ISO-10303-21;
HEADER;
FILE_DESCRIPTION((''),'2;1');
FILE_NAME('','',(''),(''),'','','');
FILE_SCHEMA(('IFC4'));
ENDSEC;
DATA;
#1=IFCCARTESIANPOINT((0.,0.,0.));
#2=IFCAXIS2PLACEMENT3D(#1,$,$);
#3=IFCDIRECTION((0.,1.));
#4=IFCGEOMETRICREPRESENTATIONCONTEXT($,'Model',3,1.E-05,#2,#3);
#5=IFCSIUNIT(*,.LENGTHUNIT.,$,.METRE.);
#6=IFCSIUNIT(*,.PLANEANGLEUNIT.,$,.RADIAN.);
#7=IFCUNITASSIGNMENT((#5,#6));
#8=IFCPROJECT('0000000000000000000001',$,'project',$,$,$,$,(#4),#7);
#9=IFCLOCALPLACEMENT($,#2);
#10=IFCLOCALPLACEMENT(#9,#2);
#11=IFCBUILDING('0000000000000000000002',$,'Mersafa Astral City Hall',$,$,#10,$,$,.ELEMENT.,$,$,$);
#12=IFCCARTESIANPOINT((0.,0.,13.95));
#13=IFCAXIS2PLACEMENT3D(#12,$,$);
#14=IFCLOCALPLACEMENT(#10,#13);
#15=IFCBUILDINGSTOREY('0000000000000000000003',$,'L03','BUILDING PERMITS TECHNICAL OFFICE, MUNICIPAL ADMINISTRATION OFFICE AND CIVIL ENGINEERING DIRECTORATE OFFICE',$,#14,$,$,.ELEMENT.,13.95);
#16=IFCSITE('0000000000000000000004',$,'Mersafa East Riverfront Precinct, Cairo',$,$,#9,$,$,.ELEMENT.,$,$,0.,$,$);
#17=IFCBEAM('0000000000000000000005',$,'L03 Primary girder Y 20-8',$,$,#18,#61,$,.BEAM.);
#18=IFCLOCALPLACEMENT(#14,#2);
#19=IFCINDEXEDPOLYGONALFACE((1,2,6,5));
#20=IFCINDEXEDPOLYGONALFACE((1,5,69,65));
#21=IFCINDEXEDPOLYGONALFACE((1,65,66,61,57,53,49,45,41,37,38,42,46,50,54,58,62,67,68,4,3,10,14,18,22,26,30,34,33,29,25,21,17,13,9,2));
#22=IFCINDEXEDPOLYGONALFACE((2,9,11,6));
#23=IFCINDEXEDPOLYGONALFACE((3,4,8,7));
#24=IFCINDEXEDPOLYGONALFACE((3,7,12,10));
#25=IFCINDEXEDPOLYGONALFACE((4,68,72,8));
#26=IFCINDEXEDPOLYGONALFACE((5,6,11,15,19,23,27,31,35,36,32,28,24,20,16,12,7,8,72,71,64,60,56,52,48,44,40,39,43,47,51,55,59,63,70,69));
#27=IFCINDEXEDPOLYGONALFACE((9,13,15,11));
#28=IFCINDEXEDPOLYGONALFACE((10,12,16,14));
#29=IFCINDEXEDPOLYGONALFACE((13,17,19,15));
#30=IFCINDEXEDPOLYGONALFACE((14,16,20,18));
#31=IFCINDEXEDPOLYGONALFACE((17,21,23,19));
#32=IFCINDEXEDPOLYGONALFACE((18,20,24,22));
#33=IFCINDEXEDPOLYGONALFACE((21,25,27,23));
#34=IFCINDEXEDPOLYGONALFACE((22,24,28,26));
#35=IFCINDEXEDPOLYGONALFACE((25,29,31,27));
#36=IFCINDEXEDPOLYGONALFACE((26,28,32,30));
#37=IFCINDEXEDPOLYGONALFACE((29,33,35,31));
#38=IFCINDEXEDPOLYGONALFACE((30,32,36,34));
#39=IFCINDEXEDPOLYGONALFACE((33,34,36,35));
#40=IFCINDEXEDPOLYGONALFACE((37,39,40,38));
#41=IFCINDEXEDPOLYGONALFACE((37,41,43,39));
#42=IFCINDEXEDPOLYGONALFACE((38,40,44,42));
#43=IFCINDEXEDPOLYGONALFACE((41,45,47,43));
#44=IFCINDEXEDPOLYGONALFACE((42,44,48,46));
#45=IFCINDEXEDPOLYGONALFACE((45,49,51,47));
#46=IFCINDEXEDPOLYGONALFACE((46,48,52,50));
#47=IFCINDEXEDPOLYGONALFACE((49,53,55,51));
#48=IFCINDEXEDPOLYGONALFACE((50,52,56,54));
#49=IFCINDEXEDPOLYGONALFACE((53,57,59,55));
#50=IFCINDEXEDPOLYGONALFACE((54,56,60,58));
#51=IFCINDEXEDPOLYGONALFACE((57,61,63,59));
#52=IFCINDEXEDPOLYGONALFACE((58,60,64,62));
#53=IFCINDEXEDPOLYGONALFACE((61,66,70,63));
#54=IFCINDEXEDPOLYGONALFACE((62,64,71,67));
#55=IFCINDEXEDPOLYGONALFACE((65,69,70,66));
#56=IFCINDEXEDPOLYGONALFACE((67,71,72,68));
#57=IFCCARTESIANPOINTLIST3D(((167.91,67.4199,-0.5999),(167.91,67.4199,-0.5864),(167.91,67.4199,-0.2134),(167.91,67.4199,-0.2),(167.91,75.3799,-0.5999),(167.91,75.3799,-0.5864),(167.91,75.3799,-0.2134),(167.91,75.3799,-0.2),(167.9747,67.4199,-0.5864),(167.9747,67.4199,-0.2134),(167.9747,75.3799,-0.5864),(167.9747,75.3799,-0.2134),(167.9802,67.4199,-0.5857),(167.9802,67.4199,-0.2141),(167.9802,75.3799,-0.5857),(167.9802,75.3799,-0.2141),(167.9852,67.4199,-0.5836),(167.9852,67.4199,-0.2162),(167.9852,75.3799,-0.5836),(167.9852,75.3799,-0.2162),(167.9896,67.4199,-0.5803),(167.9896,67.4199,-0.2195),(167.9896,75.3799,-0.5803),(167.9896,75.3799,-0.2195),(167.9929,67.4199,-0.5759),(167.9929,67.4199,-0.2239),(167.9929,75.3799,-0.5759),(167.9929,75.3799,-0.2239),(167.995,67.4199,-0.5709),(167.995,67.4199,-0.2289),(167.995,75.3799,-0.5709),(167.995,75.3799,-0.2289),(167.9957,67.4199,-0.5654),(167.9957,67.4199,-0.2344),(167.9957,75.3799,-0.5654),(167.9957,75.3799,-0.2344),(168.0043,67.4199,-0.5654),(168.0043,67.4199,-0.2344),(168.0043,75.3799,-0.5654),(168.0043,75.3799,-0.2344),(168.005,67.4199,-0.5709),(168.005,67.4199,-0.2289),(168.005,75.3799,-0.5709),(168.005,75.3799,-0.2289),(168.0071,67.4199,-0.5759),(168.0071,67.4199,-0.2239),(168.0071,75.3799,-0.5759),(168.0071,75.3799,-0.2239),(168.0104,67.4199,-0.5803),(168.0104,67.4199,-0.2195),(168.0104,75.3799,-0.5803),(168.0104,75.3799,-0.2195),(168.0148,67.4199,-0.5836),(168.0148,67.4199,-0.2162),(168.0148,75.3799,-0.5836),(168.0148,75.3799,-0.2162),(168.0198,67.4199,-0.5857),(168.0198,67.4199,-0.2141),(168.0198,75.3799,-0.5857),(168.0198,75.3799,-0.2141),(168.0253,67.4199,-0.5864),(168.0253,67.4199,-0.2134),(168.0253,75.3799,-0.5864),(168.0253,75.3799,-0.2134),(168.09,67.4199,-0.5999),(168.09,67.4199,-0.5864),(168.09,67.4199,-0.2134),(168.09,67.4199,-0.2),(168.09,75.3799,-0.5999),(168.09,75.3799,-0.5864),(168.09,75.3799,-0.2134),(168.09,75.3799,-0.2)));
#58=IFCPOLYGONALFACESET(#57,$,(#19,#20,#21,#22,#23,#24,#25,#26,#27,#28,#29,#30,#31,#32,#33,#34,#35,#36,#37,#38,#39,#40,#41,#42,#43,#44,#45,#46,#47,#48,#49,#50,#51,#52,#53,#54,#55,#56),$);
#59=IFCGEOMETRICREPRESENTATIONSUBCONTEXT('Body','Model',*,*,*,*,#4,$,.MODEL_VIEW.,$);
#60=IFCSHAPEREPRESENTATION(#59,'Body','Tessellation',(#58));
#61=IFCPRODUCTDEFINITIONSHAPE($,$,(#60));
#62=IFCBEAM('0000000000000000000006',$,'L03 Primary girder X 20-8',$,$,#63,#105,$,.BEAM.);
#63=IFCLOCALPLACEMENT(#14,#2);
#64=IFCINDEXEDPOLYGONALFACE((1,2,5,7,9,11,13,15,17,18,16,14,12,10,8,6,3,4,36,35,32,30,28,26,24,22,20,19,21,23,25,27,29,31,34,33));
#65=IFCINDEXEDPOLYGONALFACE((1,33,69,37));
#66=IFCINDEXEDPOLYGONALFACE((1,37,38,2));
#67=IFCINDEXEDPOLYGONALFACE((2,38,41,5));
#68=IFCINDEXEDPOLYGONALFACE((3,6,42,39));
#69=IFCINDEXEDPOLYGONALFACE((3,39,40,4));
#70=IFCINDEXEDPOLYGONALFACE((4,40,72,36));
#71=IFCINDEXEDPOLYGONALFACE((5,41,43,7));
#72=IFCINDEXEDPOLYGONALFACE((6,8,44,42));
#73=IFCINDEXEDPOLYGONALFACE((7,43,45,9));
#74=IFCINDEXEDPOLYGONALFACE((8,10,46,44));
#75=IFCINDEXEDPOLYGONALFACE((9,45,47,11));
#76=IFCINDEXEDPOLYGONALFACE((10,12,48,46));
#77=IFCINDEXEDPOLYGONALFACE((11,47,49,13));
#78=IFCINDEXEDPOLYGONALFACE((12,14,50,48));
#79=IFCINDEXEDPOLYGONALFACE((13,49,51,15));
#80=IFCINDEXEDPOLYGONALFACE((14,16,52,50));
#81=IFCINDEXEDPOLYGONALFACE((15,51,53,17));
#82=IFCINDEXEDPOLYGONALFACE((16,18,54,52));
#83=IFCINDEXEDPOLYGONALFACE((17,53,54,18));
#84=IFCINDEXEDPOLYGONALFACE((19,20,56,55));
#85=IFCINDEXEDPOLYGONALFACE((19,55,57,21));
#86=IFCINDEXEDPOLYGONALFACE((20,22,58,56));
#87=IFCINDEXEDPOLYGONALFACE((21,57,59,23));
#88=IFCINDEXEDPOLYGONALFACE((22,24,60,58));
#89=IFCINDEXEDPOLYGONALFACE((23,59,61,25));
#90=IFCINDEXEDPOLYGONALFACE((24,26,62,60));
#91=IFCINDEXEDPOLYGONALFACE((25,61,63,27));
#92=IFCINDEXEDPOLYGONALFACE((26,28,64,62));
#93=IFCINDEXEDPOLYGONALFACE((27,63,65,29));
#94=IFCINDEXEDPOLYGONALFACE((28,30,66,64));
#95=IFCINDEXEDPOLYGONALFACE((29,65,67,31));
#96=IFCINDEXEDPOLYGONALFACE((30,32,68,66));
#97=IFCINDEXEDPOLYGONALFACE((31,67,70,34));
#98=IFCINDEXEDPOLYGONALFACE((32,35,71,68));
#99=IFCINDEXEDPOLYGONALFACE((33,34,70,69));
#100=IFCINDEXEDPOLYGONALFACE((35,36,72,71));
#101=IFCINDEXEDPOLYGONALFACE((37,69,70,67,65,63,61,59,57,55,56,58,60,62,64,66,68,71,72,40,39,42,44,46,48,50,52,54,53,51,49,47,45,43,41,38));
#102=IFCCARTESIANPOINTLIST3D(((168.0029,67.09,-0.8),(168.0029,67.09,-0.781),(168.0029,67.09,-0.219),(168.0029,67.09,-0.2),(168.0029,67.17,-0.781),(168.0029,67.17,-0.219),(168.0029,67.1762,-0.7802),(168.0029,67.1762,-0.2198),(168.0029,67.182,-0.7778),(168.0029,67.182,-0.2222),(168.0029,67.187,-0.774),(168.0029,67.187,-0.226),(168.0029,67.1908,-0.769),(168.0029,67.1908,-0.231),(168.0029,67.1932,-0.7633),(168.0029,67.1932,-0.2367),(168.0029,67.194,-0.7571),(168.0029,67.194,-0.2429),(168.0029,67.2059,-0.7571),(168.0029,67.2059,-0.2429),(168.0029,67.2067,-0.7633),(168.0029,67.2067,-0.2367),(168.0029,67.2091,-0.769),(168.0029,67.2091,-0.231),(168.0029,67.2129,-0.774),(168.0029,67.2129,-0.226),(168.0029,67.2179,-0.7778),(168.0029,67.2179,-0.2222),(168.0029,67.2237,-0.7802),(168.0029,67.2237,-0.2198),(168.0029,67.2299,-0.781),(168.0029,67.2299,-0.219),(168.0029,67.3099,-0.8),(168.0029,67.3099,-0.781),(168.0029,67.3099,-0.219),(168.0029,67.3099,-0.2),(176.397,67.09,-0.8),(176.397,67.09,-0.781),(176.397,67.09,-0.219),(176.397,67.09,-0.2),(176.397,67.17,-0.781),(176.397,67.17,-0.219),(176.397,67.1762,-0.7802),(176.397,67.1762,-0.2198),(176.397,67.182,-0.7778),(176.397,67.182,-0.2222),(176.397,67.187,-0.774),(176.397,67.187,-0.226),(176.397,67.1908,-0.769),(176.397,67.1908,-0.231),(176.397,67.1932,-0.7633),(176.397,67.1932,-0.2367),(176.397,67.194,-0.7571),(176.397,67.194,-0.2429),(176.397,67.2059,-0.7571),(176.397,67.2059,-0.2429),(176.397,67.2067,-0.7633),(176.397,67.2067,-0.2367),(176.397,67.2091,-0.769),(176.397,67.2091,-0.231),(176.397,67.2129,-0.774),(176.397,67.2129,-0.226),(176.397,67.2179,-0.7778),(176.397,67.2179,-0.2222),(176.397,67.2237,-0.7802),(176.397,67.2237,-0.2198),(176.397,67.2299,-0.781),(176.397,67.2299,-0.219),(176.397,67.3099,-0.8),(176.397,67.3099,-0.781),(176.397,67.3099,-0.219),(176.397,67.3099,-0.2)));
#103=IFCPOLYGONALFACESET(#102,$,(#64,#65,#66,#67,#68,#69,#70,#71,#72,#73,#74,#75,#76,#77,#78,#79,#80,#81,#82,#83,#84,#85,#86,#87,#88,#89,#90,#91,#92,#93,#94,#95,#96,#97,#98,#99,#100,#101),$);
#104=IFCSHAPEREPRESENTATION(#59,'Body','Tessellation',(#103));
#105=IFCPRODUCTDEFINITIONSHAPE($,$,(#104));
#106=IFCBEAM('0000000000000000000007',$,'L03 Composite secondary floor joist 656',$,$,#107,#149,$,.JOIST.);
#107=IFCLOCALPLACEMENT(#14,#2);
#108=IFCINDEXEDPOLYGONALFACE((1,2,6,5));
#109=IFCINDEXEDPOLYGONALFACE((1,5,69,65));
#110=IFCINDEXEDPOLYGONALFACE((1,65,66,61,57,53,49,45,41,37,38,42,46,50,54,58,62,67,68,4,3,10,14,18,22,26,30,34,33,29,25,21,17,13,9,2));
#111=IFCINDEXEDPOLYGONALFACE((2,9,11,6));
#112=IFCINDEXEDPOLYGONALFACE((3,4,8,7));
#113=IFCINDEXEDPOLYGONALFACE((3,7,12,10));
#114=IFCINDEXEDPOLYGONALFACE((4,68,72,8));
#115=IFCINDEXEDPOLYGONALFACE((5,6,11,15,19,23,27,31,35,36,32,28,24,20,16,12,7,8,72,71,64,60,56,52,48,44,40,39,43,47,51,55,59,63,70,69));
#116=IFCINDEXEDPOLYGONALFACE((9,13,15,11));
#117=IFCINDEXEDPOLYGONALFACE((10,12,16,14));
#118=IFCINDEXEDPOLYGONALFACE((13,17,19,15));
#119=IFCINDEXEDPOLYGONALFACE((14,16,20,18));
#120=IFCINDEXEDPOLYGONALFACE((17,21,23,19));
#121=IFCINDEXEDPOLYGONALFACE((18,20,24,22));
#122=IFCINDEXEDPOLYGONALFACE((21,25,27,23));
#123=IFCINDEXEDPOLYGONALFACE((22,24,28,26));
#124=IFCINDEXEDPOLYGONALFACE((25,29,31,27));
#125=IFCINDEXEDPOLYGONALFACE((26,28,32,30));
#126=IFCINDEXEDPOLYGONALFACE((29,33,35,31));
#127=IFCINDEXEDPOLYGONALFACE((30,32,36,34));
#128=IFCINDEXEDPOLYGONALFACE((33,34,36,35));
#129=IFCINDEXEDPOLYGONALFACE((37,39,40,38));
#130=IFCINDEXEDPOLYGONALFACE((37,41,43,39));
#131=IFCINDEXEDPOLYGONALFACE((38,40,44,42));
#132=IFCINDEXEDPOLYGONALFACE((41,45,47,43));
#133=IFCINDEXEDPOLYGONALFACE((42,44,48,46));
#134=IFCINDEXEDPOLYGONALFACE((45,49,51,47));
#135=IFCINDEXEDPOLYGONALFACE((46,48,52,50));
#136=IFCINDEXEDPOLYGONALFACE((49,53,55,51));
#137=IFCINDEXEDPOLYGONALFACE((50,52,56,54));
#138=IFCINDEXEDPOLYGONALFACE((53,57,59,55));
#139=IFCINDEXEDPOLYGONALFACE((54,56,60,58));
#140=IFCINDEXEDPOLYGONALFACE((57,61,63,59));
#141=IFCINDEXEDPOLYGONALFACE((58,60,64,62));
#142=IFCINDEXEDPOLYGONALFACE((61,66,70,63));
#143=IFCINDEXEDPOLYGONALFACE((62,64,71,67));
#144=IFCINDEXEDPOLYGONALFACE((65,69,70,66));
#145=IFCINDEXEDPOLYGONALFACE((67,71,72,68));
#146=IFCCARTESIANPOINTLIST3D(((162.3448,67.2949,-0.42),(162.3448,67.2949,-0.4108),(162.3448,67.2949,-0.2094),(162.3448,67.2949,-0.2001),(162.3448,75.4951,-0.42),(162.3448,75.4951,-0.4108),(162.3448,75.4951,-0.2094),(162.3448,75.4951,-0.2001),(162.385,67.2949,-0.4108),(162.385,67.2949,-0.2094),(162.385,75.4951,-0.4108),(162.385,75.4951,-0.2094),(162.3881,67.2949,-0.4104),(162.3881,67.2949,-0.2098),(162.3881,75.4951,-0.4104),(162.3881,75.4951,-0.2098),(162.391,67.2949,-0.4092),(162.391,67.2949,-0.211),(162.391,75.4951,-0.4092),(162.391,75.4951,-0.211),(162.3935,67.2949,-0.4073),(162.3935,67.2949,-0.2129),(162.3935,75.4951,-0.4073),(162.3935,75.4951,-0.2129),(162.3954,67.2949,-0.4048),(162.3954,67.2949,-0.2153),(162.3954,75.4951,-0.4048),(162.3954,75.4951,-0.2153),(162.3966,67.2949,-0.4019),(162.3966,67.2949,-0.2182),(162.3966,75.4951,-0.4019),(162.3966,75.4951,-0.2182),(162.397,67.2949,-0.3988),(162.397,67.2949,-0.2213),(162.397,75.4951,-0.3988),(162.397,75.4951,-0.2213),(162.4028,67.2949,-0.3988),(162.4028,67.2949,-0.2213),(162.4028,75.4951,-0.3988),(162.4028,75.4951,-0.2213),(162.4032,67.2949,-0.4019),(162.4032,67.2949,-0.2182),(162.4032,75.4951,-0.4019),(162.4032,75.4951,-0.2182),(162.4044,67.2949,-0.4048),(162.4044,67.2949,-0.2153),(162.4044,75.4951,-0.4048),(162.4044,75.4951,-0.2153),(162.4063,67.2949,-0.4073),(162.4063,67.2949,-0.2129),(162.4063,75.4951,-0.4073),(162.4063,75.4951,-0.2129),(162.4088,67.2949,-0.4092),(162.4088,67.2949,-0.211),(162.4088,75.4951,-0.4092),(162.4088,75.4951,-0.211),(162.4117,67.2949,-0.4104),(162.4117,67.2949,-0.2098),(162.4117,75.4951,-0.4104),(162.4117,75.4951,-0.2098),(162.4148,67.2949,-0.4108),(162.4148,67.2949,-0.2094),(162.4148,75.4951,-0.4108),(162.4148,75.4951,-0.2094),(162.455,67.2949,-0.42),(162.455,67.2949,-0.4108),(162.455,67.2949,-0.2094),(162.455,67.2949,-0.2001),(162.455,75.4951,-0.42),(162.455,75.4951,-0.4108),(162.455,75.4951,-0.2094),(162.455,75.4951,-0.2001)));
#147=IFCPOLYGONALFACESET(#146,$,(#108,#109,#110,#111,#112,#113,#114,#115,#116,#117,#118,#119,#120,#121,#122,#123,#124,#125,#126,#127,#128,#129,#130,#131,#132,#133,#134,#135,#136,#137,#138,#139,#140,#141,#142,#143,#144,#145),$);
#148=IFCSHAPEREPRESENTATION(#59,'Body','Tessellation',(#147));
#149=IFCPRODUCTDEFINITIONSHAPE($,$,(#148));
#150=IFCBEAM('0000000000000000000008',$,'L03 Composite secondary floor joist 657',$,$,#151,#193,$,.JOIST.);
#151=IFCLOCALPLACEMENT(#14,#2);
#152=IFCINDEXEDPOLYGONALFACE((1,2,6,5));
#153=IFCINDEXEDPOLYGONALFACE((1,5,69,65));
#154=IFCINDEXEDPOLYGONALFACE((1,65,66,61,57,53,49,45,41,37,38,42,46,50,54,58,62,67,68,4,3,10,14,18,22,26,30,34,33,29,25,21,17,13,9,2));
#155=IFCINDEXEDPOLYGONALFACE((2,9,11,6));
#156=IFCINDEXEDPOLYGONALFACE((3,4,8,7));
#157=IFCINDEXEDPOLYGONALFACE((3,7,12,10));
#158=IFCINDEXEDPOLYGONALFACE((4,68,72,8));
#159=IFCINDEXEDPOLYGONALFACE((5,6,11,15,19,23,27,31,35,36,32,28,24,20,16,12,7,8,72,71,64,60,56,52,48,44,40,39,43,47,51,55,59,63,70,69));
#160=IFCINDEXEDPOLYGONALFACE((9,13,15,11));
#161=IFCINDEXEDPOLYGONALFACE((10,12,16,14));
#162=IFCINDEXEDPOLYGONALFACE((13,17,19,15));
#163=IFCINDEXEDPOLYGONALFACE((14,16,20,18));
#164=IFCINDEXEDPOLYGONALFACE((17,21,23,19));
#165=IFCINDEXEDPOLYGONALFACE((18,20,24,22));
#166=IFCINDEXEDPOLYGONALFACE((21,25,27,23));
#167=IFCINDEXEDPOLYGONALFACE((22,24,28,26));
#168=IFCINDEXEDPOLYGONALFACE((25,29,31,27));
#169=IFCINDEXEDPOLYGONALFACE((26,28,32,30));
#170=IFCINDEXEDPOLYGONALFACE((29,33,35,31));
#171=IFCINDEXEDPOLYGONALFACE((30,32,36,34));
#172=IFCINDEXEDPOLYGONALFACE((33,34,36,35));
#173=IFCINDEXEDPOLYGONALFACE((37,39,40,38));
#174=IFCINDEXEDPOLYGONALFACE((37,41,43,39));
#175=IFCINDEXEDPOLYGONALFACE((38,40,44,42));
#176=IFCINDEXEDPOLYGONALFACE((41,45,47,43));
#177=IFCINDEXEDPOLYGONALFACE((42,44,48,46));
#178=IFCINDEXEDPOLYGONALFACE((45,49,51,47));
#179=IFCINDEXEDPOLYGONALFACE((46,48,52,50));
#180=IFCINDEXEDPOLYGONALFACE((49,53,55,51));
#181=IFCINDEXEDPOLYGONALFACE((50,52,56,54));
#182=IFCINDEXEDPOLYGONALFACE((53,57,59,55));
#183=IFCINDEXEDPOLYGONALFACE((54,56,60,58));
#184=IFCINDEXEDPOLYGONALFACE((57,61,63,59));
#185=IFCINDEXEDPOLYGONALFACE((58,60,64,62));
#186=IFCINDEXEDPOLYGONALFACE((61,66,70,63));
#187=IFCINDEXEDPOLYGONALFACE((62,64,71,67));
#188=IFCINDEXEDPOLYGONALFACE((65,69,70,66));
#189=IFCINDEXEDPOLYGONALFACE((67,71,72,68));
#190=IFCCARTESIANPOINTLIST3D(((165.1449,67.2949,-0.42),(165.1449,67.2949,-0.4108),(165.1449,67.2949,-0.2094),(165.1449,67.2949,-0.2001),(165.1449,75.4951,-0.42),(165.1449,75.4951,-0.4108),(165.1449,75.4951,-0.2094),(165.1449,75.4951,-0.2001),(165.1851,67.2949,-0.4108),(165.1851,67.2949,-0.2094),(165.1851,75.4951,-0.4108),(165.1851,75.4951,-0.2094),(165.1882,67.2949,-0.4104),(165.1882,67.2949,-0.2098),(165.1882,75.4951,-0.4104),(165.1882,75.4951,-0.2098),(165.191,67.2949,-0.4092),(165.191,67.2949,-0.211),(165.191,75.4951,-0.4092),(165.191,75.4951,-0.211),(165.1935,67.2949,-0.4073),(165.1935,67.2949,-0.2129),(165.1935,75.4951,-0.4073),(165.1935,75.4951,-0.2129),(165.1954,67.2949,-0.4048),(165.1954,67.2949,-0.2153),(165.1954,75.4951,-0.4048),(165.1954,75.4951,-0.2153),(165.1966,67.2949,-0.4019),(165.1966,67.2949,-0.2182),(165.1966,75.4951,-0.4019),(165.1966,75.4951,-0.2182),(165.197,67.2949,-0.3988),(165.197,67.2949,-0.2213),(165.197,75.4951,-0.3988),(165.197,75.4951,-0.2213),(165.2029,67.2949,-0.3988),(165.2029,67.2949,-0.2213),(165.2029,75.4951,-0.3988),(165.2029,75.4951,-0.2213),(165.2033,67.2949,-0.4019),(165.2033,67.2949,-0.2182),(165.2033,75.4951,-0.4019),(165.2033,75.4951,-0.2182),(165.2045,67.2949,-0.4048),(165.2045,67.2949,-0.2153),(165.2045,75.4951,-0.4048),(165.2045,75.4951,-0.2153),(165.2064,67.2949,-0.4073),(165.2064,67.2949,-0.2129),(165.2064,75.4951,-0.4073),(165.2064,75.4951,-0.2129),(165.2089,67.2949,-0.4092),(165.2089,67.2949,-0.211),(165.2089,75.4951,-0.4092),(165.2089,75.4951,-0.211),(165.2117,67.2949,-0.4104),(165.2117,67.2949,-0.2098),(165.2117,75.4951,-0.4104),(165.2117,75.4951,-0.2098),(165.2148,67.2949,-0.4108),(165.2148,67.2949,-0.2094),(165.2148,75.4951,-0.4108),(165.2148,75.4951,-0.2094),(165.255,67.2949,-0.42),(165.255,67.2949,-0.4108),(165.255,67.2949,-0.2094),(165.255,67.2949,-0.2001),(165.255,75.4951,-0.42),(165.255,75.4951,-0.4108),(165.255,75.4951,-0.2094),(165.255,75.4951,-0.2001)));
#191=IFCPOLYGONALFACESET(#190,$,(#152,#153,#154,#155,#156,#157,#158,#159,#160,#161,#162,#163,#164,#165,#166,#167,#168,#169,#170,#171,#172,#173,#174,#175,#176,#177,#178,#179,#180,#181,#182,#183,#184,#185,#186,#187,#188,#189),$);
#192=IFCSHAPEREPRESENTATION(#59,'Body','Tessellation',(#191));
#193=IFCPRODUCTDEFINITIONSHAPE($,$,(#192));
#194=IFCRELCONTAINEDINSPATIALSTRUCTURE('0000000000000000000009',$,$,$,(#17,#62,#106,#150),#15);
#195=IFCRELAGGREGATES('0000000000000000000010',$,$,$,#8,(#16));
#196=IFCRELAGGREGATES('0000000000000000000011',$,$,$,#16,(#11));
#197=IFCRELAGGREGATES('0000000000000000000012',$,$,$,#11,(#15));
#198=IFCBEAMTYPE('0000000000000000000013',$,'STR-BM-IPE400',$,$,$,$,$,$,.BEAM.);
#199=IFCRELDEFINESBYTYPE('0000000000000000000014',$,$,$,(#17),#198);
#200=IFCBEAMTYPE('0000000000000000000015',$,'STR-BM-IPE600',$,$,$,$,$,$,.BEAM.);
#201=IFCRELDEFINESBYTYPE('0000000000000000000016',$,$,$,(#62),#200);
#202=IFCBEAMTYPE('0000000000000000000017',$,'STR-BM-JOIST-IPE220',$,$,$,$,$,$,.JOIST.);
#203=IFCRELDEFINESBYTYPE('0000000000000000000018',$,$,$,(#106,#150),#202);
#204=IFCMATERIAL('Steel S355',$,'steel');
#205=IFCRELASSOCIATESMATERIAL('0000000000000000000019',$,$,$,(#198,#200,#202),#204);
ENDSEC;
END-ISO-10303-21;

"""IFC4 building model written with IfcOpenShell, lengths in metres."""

from ifc_helpers import new_model, si_unit, direction, frame, origin, origin_2d, place, context, subcontext, project, spatial, i_section, extrude, material, material_profile, profile_set, type_object, element, save


model = new_model("IFC4")

# Units and contexts
model_context = context("Model", 3, precision=1e-05, world=origin(), true_north=direction((0.0, 1.0)))
body_context = subcontext(model_context, "Body", "Model", "MODEL_VIEW")
ifc_project = project(units=[si_unit("LENGTHUNIT", "METRE"), si_unit("PLANEANGLEUNIT", "RADIAN")], contexts=[model_context])

# Site, building, storey
site_placement = place(None, origin())
site = spatial("IfcSite", under=ifc_project, at=site_placement, Name="Mersafa East Riverfront Precinct, Cairo", CompositionType="ELEMENT", RefElevation=0.0)
building_placement = place(site_placement, origin())
building = spatial("IfcBuilding", under=site, at=building_placement, Name="Mersafa Astral City Hall", CompositionType="ELEMENT")
storey_placement = place(building_placement, frame((0.0, 0.0, 13.95)))
storey = spatial("IfcBuildingStorey", under=building, at=storey_placement, Name="L03", Description="BUILDING PERMITS TECHNICAL OFFICE, MUNICIPAL ADMINISTRATION OFFICE AND CIVIL ENGINEERING DIRECTORATE OFFICE", CompositionType="ELEMENT", Elevation=13.95)

# Shared definitions
ifc_material_1 = material(Name="Steel S355", Category="steel")

# Beams
ifc_material_profile_1 = material_profile(ifc_material_1, i_section(OverallWidth=0.1799, OverallDepth=0.3999, WebThickness=0.0085, FlangeThickness=0.0134, FilletRadius=0.021, at=origin_2d()), Name="IPE 400")
ifc_profile_set_1 = profile_set([ifc_material_profile_1], Name="Steel S355")
beam_type_1 = type_object("IfcBeamType", Name="STR-BM-IPE400", PredefinedType="BEAM", material=ifc_profile_set_1)
beam_1_placement = place(storey_placement, frame((168.0, 67.4199, -0.3999), z_axis=(0.0, 1.0, 0.0), x_axis=(-1.0, 0.0, 0.0)))
element("IfcBeam", 1, at=beam_1_placement, inside=storey, type_object=beam_type_1, Name="L03 Primary girder Y 20-8", PredefinedType="BEAM", context=body_context, shape_type="SweptSolid", body=[
    extrude(i_section(OverallWidth=0.1799, OverallDepth=0.3999, WebThickness=0.0085, FlangeThickness=0.0134, FilletRadius=0.021, at=origin_2d()), origin(), (0.0, 0.0, 1.0), 7.96),
])
ifc_material_profile_2 = material_profile(ifc_material_1, i_section(OverallWidth=0.22, OverallDepth=0.6001, WebThickness=0.012, FlangeThickness=0.019, FilletRadius=0.0239, at=origin_2d()), Name="IPE 600")
ifc_profile_set_2 = profile_set([ifc_material_profile_2], Name="Steel S355")
beam_type_2 = type_object("IfcBeamType", Name="STR-BM-IPE600", PredefinedType="BEAM", material=ifc_profile_set_2)
beam_2_placement = place(storey_placement, frame((168.0029, 67.2, -0.5), z_axis=(1.0, 0.0, 0.0), x_axis=(0.0, 1.0, 0.0)))
element("IfcBeam", 2, at=beam_2_placement, inside=storey, type_object=beam_type_2, Name="L03 Primary girder X 20-8", PredefinedType="BEAM", context=body_context, shape_type="SweptSolid", body=[
    extrude(i_section(OverallWidth=0.22, OverallDepth=0.6001, WebThickness=0.012, FlangeThickness=0.019, FilletRadius=0.0239, at=origin_2d()), origin(), (0.0, 0.0, 1.0), 8.394),
])
ifc_material_profile_3 = material_profile(ifc_material_1, i_section(OverallWidth=0.1101, OverallDepth=0.22, WebThickness=0.0059, FlangeThickness=0.0093, FilletRadius=0.012, at=origin_2d()), Name="IPE 220")
ifc_profile_set_3 = profile_set([ifc_material_profile_3], Name="Steel S355")
beam_type_3 = type_object("IfcBeamType", Name="STR-BM-JOIST-IPE220", PredefinedType="JOIST", material=ifc_profile_set_3)
for number, where, z_axis, x_axis, name in (
    (3, (162.3999, 67.2949, -0.3101), (0.0, 1.0, 0.0), (-1.0, 0.0, 0.0), "L03 Composite secondary floor joist 656"),
    (4, (165.2, 67.2949, -0.3101), (0.0, 1.0, 0.0), (-1.0, 0.0, 0.0), "L03 Composite secondary floor joist 657"),
):
    element("IfcBeam", number, at=place(storey_placement, frame(where, z_axis=z_axis, x_axis=x_axis)), inside=storey, type_object=beam_type_3, Name=name, PredefinedType="JOIST", context=body_context, shape_type="SweptSolid", body=[
        extrude(i_section(OverallWidth=0.1101, OverallDepth=0.22, WebThickness=0.0059, FlangeThickness=0.0093, FilletRadius=0.012, at=origin_2d()), origin(), (0.0, 0.0, 1.0), 8.2002),
    ])

save(model, "model.ifc")
